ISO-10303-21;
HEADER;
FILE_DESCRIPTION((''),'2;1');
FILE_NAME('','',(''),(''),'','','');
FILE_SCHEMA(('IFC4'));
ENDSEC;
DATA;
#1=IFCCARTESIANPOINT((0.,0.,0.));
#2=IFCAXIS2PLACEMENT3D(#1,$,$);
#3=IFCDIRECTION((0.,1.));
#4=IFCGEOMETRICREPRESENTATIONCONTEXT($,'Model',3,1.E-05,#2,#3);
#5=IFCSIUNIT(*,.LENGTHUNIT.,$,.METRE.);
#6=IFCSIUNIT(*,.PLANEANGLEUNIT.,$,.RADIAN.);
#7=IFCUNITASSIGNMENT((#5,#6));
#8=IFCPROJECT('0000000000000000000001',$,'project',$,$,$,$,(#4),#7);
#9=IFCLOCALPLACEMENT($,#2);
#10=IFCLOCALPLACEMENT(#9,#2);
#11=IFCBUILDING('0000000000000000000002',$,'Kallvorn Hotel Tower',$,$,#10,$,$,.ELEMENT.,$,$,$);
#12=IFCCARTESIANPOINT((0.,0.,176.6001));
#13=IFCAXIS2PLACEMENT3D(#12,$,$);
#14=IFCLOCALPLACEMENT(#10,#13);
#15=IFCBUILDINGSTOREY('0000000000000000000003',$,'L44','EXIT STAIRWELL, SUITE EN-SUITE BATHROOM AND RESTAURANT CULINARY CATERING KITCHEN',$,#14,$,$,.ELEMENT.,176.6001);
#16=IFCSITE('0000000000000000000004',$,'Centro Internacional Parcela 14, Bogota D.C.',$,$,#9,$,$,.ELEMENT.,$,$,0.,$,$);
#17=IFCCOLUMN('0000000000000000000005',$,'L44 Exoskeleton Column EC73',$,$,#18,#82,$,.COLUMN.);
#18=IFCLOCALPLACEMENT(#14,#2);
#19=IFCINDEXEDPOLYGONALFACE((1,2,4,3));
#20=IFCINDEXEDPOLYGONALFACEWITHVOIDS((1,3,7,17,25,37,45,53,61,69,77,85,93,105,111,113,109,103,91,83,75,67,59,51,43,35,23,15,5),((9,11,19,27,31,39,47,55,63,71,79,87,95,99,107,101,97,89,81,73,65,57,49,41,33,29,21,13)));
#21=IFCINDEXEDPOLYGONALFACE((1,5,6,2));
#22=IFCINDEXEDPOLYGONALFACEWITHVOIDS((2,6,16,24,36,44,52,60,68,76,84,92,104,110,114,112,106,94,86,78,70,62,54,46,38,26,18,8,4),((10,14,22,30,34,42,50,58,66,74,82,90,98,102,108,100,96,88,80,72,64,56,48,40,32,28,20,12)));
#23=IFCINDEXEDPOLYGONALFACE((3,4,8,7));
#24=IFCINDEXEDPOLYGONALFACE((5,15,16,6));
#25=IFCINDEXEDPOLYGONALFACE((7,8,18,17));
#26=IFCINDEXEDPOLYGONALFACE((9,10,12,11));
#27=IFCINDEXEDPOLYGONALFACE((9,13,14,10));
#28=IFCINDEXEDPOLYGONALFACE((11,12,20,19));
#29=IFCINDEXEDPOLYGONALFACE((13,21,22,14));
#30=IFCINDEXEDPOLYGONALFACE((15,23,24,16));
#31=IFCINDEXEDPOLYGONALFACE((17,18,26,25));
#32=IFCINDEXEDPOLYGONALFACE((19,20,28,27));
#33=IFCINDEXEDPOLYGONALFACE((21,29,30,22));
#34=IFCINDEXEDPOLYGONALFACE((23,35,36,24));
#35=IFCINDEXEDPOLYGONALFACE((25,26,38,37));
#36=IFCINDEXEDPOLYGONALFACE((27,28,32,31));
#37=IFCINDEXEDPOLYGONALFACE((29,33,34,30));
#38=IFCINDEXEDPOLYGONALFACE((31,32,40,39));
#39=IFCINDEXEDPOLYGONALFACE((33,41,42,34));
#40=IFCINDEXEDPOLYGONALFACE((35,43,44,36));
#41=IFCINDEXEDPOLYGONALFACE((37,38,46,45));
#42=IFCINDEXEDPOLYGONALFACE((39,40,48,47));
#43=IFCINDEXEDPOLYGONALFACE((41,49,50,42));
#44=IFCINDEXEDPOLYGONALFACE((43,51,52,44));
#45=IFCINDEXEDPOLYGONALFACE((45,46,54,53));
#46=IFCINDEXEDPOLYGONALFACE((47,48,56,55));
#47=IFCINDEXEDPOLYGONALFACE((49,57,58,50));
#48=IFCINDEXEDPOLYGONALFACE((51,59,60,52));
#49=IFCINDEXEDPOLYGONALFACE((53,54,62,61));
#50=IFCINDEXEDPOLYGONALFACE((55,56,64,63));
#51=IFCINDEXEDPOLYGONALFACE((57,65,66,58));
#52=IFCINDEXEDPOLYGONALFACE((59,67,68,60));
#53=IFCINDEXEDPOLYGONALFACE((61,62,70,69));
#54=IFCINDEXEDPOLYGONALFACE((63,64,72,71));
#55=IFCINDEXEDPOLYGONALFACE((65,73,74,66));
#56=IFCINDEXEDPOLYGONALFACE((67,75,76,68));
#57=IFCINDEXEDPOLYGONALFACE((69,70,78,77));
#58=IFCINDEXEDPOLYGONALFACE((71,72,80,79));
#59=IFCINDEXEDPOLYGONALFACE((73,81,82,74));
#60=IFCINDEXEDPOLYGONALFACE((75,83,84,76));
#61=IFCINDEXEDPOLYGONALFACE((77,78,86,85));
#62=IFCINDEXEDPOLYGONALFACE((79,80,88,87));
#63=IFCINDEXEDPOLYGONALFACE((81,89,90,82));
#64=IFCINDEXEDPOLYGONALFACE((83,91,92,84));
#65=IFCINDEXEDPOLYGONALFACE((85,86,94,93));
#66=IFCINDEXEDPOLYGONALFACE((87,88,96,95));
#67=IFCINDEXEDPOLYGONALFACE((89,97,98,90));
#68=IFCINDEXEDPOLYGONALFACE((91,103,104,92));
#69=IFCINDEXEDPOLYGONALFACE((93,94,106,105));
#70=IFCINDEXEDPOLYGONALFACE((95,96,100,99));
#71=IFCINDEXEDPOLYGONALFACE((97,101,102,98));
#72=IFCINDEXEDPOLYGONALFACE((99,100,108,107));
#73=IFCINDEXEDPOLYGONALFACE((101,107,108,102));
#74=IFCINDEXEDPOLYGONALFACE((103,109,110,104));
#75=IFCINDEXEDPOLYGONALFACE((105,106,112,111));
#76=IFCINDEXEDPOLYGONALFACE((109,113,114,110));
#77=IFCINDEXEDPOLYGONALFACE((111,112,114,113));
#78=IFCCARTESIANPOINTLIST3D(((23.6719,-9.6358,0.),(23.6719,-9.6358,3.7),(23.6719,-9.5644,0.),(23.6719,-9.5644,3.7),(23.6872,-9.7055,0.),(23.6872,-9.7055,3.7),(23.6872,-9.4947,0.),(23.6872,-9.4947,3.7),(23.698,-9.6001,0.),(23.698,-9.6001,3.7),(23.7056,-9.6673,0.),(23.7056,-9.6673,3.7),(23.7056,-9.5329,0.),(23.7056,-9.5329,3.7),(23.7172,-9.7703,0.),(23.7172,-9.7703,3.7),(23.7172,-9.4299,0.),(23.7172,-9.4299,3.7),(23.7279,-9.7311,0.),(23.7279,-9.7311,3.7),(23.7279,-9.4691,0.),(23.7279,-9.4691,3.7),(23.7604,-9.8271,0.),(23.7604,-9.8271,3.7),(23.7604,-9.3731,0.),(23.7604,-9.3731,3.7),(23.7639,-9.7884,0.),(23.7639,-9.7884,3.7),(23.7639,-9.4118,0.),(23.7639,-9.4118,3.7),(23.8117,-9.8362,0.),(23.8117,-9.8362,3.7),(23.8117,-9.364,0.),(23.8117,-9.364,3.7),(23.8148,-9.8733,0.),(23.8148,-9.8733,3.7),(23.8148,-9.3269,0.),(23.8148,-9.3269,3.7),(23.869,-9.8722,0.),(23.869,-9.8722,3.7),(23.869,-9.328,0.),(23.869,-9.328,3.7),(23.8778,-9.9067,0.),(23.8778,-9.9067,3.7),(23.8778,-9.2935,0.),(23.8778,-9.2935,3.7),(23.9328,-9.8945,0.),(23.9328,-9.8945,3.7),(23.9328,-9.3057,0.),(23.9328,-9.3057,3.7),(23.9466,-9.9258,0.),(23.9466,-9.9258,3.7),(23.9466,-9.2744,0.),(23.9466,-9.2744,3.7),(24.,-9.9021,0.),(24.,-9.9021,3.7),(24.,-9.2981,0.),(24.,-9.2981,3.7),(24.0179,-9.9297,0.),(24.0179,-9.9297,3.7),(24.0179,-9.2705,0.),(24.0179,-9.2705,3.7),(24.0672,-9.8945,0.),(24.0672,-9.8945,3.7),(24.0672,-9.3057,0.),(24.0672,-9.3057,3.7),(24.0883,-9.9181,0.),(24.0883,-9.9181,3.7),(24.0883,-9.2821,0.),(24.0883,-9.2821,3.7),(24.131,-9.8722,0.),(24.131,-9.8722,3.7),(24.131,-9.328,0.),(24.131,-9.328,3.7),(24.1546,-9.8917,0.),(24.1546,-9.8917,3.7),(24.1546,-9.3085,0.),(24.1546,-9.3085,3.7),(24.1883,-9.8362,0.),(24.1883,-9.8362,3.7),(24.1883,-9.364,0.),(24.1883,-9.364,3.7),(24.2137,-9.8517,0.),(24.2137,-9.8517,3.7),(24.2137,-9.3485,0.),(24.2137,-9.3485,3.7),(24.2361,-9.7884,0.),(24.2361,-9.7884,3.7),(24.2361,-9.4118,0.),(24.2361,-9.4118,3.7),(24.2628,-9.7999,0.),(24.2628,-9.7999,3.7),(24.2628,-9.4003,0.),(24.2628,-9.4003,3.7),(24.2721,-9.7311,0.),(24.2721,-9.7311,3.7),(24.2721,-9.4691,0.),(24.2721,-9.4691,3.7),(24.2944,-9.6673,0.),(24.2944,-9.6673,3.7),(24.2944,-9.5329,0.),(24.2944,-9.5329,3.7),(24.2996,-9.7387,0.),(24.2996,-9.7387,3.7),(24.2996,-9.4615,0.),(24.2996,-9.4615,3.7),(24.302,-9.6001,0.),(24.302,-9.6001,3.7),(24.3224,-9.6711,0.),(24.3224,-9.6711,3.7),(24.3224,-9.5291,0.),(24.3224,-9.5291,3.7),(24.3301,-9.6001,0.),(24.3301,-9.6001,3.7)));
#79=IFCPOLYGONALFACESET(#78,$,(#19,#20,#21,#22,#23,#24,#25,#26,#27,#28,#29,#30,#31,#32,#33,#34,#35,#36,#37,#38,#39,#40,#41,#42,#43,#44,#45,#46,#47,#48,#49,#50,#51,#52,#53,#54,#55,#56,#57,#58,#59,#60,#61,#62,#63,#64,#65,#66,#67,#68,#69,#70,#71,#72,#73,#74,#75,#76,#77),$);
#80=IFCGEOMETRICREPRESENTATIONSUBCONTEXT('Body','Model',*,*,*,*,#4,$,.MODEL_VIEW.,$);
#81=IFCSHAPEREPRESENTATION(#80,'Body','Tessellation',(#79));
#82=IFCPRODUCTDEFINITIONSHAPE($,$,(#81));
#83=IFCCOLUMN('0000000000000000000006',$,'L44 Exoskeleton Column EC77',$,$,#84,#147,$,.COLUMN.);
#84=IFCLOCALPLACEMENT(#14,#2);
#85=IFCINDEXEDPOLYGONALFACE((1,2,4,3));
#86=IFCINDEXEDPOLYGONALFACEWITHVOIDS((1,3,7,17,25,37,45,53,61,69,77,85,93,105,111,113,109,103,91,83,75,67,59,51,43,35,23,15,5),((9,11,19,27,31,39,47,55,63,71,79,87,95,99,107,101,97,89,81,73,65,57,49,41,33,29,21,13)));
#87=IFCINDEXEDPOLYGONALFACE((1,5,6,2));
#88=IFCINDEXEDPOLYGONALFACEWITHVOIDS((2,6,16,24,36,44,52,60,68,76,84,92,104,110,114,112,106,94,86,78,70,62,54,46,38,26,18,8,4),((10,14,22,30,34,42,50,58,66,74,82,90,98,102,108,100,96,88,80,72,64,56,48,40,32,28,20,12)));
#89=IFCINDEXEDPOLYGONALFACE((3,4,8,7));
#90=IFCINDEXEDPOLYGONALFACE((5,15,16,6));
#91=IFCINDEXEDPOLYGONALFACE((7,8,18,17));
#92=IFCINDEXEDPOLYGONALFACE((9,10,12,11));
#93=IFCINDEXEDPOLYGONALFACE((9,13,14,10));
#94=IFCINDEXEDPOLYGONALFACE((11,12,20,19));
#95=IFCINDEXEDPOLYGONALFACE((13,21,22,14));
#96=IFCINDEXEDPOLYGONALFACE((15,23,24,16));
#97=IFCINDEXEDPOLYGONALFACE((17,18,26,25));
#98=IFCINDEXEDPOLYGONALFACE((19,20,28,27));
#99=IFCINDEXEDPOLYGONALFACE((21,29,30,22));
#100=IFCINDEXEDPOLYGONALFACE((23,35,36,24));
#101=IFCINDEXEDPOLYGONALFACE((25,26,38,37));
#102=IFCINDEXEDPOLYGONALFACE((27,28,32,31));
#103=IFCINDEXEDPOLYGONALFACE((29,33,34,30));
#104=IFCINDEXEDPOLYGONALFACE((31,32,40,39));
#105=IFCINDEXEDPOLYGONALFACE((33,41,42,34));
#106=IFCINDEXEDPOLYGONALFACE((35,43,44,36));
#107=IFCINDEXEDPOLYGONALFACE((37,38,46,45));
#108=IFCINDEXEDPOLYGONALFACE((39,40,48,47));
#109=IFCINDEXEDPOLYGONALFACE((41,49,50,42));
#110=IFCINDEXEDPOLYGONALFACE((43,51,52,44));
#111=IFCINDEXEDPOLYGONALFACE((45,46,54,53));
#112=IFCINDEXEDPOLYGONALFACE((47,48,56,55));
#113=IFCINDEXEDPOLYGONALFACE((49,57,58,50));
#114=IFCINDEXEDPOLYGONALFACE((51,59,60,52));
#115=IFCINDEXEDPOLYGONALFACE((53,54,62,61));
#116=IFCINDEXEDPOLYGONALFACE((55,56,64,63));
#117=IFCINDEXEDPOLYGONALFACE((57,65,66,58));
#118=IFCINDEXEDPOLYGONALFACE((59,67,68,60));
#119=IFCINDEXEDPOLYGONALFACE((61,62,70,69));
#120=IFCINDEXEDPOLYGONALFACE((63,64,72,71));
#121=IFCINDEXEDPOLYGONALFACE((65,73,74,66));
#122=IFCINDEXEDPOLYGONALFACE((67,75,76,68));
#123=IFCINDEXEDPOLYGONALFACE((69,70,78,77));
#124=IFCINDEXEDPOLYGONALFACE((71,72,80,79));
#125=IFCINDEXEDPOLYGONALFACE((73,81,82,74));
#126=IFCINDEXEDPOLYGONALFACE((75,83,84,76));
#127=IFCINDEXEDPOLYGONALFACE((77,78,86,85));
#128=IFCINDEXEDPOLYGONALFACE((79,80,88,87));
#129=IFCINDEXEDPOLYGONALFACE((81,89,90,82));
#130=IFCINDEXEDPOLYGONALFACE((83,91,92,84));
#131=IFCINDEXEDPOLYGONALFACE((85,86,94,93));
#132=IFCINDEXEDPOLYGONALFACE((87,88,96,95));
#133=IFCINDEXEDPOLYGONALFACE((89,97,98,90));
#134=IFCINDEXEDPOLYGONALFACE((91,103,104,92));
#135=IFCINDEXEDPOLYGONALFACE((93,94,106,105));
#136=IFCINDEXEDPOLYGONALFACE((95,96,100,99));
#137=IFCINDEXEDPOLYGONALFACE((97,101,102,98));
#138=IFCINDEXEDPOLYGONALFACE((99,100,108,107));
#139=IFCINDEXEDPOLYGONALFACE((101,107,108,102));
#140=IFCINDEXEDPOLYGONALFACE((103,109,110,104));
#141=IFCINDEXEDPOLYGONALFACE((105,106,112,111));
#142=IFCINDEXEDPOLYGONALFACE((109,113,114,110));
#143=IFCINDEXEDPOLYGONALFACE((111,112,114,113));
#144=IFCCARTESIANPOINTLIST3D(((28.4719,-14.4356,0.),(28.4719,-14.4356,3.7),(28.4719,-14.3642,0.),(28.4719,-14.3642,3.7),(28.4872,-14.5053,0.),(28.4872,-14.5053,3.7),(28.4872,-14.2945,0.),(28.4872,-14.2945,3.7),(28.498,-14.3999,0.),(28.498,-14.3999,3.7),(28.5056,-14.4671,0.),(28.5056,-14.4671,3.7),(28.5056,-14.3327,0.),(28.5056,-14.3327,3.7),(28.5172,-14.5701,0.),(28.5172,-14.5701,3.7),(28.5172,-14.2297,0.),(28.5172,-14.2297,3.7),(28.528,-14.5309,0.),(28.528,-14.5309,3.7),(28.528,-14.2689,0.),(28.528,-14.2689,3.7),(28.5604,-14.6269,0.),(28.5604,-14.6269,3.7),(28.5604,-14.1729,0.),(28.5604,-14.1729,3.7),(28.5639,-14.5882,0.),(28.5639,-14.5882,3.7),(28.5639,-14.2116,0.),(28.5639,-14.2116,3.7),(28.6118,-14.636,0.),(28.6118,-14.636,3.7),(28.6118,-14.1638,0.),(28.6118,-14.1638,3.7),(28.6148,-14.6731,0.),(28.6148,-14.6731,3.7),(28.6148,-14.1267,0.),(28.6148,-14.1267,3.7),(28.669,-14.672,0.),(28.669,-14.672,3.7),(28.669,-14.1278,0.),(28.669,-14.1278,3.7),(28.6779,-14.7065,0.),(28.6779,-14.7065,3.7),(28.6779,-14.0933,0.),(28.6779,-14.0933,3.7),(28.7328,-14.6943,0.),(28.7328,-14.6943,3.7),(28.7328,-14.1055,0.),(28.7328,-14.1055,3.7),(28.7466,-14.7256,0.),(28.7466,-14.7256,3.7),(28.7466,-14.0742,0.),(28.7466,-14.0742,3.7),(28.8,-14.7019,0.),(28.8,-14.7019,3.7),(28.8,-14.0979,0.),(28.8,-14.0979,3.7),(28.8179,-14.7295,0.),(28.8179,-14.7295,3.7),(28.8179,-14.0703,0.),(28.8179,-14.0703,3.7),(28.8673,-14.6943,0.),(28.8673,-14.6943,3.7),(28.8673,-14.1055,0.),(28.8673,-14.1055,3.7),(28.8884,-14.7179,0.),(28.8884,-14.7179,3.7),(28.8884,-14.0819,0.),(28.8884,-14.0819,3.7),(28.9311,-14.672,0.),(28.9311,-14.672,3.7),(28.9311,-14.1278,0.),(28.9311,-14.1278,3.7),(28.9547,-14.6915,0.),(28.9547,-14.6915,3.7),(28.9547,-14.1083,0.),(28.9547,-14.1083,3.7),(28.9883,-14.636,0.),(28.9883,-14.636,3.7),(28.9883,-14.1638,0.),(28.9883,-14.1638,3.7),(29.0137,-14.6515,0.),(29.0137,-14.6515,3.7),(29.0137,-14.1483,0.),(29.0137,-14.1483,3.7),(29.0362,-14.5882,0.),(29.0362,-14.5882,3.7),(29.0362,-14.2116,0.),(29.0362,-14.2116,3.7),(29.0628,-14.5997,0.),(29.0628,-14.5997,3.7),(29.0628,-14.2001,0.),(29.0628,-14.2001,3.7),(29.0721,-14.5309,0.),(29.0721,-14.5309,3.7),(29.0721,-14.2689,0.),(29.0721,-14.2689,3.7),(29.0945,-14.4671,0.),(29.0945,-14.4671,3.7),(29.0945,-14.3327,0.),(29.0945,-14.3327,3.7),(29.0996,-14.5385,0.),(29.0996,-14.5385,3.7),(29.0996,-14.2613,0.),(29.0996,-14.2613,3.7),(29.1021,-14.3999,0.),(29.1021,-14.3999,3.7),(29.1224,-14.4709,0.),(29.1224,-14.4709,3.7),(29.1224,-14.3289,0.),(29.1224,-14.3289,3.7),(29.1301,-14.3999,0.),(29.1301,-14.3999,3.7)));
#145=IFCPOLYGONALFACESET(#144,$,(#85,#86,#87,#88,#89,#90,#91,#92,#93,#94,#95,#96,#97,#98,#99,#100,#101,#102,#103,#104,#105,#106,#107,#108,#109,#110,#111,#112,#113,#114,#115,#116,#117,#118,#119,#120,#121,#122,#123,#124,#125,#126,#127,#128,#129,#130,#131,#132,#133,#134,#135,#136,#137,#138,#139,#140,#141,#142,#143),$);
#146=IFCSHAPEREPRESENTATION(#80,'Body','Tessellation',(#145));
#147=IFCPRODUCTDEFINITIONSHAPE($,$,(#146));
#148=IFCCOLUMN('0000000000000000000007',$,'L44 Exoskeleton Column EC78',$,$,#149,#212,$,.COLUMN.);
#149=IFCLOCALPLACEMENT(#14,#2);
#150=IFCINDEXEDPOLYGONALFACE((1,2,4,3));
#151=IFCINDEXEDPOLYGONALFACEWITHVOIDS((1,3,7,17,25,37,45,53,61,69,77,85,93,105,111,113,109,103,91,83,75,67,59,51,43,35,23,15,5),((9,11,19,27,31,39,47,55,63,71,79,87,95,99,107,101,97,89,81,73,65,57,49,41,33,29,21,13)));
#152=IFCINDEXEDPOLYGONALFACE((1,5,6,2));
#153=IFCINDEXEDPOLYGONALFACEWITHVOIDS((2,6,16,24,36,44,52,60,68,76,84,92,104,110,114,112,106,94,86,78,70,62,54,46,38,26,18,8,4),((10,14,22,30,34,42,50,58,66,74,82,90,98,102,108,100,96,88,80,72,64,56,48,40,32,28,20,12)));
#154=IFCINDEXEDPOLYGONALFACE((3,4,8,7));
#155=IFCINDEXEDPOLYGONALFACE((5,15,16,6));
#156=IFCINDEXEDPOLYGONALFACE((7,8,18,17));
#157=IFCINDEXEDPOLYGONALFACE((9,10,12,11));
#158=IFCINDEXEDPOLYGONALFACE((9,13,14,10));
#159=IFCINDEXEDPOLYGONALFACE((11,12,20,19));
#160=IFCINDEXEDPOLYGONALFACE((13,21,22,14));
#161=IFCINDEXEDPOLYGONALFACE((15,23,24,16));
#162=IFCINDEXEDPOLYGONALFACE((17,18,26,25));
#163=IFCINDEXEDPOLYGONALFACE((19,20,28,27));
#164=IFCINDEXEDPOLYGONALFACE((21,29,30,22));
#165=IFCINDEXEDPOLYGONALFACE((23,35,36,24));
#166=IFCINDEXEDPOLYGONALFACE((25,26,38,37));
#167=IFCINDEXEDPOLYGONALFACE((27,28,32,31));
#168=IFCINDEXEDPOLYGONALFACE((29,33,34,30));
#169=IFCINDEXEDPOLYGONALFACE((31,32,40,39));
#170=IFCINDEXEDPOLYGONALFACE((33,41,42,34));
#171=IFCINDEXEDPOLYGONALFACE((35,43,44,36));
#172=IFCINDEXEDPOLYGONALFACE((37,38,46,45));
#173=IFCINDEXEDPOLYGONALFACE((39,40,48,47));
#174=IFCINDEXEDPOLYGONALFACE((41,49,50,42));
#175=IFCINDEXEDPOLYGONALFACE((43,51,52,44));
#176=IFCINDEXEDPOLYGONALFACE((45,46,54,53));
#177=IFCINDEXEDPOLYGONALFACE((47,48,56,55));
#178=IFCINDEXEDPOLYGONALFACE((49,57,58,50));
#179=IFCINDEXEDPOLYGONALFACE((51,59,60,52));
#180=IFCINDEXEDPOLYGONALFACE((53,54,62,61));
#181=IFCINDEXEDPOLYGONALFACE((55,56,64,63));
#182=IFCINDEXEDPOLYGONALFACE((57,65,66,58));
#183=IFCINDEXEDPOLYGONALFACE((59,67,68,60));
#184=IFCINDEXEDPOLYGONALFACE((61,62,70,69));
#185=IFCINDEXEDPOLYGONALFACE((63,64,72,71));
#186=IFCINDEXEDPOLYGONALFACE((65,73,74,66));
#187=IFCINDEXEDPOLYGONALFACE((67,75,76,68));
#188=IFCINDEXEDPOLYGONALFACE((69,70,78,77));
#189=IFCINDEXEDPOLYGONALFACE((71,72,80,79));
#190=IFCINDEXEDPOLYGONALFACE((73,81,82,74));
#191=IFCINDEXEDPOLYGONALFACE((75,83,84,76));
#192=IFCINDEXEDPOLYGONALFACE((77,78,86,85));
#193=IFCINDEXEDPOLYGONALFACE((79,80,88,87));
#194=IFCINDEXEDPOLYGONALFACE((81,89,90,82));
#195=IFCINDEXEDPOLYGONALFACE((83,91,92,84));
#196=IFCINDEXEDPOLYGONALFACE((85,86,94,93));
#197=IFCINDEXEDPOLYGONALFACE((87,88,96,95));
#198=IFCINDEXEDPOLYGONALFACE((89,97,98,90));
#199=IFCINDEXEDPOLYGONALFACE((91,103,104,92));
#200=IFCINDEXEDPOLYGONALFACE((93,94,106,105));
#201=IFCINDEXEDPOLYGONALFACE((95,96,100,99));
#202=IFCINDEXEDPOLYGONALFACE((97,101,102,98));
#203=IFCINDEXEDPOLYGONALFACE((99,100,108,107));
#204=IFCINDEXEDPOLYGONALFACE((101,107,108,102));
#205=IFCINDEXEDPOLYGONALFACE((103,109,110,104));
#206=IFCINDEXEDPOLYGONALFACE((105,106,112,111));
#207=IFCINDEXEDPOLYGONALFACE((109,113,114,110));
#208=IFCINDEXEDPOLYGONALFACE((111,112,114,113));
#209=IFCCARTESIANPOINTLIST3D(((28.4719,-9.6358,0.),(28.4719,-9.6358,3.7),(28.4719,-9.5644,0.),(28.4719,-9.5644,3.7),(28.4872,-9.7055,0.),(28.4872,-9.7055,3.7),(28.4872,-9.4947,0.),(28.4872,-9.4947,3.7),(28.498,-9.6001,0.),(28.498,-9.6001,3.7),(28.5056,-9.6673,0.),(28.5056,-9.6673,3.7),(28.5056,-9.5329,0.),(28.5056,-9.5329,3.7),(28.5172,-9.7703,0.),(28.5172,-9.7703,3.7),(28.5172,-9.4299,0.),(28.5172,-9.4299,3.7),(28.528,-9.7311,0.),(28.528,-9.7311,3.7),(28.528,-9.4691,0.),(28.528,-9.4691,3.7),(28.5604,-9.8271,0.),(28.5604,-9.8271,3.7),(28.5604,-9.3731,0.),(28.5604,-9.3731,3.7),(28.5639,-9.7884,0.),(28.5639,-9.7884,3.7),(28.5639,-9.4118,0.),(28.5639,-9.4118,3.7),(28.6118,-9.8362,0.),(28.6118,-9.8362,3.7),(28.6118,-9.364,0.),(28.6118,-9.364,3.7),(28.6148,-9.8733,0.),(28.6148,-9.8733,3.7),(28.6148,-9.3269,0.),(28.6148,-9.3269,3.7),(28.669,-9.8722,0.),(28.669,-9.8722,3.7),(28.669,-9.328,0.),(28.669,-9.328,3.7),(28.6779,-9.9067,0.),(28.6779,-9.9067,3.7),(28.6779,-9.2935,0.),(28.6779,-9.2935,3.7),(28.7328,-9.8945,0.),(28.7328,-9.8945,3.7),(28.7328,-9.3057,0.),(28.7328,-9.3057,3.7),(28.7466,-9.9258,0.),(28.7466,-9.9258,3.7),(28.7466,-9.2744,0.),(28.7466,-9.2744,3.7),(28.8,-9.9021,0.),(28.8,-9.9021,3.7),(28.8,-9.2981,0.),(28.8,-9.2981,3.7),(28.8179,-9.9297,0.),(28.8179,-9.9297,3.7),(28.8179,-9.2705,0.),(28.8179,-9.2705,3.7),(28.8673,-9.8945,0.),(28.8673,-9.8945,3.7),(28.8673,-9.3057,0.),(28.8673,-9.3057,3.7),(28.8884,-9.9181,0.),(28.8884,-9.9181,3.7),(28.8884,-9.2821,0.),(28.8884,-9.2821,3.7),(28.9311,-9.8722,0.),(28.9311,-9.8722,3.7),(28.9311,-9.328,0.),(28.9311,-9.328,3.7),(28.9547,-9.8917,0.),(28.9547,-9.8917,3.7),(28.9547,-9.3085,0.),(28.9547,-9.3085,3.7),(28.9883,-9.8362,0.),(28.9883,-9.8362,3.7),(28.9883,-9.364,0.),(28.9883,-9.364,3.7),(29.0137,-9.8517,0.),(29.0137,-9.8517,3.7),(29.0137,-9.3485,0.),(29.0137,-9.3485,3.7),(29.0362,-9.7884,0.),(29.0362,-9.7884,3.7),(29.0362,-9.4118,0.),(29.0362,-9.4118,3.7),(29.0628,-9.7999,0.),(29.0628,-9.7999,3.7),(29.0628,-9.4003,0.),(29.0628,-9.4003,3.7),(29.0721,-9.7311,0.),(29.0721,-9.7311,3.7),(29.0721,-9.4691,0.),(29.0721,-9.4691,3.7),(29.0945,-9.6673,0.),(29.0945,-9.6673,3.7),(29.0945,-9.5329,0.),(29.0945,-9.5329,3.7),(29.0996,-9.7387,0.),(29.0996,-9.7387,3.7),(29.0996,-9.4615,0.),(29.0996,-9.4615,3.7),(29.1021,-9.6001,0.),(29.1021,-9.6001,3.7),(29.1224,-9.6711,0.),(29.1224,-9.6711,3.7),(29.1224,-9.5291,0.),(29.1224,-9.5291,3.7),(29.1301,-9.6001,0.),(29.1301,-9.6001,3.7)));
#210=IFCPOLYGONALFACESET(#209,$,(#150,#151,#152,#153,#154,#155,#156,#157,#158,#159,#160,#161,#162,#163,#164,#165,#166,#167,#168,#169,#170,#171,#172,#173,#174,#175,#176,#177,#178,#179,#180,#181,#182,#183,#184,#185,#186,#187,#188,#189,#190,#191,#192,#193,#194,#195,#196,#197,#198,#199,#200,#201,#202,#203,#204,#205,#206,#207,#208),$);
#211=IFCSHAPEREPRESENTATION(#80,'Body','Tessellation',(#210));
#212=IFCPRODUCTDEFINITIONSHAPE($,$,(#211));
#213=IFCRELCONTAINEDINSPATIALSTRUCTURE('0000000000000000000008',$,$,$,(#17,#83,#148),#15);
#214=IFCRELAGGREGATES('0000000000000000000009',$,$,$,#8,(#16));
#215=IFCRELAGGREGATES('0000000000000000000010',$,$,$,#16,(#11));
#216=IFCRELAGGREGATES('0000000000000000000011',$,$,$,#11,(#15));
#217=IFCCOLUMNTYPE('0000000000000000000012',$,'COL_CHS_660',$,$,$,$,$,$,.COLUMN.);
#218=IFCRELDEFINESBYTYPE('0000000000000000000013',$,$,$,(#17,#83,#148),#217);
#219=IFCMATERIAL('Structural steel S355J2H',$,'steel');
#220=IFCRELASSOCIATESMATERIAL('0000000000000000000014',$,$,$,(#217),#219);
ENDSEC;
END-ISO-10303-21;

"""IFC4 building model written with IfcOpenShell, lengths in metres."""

from ifc_helpers import new_model, si_unit, direction, frame, origin, origin_2d, place, context, subcontext, project, spatial, hollow_circle, extrude, material, material_profile, profile_set, type_object, element, save


model = new_model("IFC4")

# Units and contexts
model_context = context("Model", 3, precision=1e-05, world=origin(), true_north=direction((0.0, 1.0)))
body_context = subcontext(model_context, "Body", "Model", "MODEL_VIEW")
ifc_project = project(units=[si_unit("LENGTHUNIT", "METRE"), si_unit("PLANEANGLEUNIT", "RADIAN")], contexts=[model_context])

# Site, building, storey
site_placement = place(None, origin())
site = spatial("IfcSite", under=ifc_project, at=site_placement, Name="Centro Internacional Parcela 14, Bogota D.C.", CompositionType="ELEMENT", RefElevation=0.0)
building_placement = place(site_placement, origin())
building = spatial("IfcBuilding", under=site, at=building_placement, Name="Kallvorn Hotel Tower", CompositionType="ELEMENT")
storey_placement = place(building_placement, frame((0.0, 0.0, 176.6001)))
storey = spatial("IfcBuildingStorey", under=building, at=storey_placement, Name="L44", Description="EXIT STAIRWELL, SUITE EN-SUITE BATHROOM AND RESTAURANT CULINARY CATERING KITCHEN", CompositionType="ELEMENT", Elevation=176.6001)

# Columns
ifc_material_1 = material(Name="Structural steel S355J2H", Category="steel")
ifc_material_profile_1 = material_profile(ifc_material_1, hollow_circle(Radius=0.3301, WallThickness=0.0281, at=origin_2d()), Name="CHS 660x28")
ifc_profile_set_1 = profile_set([ifc_material_profile_1], Name="Structural steel S355J2H")
column_type_1 = type_object("IfcColumnType", Name="COL_CHS_660", PredefinedType="COLUMN", material=ifc_profile_set_1)
for number, where, z_axis, x_axis, name in (
    (1, (24.0, -9.6001, 0.0), (0.0, 0.0, 1.0), (1.0, 0.0, 0.0), "L44 Exoskeleton Column EC73"),
    (2, (28.8, -14.3999, 0.0), (0.0, 0.0, 1.0), (1.0, 0.0, 0.0), "L44 Exoskeleton Column EC77"),
    (3, (28.8, -9.6001, 0.0), (0.0, 0.0, 1.0), (1.0, 0.0, 0.0), "L44 Exoskeleton Column EC78"),
):
    element("IfcColumn", number, at=place(storey_placement, frame(where, z_axis=z_axis, x_axis=x_axis)), inside=storey, type_object=column_type_1, Name=name, PredefinedType="COLUMN", context=body_context, shape_type="SweptSolid", body=[
        extrude(hollow_circle(Radius=0.3301, WallThickness=0.0281, at=origin_2d()), origin(), (0.0, 0.0, 1.0), 3.7),
    ])

save(model, "model.ifc")
